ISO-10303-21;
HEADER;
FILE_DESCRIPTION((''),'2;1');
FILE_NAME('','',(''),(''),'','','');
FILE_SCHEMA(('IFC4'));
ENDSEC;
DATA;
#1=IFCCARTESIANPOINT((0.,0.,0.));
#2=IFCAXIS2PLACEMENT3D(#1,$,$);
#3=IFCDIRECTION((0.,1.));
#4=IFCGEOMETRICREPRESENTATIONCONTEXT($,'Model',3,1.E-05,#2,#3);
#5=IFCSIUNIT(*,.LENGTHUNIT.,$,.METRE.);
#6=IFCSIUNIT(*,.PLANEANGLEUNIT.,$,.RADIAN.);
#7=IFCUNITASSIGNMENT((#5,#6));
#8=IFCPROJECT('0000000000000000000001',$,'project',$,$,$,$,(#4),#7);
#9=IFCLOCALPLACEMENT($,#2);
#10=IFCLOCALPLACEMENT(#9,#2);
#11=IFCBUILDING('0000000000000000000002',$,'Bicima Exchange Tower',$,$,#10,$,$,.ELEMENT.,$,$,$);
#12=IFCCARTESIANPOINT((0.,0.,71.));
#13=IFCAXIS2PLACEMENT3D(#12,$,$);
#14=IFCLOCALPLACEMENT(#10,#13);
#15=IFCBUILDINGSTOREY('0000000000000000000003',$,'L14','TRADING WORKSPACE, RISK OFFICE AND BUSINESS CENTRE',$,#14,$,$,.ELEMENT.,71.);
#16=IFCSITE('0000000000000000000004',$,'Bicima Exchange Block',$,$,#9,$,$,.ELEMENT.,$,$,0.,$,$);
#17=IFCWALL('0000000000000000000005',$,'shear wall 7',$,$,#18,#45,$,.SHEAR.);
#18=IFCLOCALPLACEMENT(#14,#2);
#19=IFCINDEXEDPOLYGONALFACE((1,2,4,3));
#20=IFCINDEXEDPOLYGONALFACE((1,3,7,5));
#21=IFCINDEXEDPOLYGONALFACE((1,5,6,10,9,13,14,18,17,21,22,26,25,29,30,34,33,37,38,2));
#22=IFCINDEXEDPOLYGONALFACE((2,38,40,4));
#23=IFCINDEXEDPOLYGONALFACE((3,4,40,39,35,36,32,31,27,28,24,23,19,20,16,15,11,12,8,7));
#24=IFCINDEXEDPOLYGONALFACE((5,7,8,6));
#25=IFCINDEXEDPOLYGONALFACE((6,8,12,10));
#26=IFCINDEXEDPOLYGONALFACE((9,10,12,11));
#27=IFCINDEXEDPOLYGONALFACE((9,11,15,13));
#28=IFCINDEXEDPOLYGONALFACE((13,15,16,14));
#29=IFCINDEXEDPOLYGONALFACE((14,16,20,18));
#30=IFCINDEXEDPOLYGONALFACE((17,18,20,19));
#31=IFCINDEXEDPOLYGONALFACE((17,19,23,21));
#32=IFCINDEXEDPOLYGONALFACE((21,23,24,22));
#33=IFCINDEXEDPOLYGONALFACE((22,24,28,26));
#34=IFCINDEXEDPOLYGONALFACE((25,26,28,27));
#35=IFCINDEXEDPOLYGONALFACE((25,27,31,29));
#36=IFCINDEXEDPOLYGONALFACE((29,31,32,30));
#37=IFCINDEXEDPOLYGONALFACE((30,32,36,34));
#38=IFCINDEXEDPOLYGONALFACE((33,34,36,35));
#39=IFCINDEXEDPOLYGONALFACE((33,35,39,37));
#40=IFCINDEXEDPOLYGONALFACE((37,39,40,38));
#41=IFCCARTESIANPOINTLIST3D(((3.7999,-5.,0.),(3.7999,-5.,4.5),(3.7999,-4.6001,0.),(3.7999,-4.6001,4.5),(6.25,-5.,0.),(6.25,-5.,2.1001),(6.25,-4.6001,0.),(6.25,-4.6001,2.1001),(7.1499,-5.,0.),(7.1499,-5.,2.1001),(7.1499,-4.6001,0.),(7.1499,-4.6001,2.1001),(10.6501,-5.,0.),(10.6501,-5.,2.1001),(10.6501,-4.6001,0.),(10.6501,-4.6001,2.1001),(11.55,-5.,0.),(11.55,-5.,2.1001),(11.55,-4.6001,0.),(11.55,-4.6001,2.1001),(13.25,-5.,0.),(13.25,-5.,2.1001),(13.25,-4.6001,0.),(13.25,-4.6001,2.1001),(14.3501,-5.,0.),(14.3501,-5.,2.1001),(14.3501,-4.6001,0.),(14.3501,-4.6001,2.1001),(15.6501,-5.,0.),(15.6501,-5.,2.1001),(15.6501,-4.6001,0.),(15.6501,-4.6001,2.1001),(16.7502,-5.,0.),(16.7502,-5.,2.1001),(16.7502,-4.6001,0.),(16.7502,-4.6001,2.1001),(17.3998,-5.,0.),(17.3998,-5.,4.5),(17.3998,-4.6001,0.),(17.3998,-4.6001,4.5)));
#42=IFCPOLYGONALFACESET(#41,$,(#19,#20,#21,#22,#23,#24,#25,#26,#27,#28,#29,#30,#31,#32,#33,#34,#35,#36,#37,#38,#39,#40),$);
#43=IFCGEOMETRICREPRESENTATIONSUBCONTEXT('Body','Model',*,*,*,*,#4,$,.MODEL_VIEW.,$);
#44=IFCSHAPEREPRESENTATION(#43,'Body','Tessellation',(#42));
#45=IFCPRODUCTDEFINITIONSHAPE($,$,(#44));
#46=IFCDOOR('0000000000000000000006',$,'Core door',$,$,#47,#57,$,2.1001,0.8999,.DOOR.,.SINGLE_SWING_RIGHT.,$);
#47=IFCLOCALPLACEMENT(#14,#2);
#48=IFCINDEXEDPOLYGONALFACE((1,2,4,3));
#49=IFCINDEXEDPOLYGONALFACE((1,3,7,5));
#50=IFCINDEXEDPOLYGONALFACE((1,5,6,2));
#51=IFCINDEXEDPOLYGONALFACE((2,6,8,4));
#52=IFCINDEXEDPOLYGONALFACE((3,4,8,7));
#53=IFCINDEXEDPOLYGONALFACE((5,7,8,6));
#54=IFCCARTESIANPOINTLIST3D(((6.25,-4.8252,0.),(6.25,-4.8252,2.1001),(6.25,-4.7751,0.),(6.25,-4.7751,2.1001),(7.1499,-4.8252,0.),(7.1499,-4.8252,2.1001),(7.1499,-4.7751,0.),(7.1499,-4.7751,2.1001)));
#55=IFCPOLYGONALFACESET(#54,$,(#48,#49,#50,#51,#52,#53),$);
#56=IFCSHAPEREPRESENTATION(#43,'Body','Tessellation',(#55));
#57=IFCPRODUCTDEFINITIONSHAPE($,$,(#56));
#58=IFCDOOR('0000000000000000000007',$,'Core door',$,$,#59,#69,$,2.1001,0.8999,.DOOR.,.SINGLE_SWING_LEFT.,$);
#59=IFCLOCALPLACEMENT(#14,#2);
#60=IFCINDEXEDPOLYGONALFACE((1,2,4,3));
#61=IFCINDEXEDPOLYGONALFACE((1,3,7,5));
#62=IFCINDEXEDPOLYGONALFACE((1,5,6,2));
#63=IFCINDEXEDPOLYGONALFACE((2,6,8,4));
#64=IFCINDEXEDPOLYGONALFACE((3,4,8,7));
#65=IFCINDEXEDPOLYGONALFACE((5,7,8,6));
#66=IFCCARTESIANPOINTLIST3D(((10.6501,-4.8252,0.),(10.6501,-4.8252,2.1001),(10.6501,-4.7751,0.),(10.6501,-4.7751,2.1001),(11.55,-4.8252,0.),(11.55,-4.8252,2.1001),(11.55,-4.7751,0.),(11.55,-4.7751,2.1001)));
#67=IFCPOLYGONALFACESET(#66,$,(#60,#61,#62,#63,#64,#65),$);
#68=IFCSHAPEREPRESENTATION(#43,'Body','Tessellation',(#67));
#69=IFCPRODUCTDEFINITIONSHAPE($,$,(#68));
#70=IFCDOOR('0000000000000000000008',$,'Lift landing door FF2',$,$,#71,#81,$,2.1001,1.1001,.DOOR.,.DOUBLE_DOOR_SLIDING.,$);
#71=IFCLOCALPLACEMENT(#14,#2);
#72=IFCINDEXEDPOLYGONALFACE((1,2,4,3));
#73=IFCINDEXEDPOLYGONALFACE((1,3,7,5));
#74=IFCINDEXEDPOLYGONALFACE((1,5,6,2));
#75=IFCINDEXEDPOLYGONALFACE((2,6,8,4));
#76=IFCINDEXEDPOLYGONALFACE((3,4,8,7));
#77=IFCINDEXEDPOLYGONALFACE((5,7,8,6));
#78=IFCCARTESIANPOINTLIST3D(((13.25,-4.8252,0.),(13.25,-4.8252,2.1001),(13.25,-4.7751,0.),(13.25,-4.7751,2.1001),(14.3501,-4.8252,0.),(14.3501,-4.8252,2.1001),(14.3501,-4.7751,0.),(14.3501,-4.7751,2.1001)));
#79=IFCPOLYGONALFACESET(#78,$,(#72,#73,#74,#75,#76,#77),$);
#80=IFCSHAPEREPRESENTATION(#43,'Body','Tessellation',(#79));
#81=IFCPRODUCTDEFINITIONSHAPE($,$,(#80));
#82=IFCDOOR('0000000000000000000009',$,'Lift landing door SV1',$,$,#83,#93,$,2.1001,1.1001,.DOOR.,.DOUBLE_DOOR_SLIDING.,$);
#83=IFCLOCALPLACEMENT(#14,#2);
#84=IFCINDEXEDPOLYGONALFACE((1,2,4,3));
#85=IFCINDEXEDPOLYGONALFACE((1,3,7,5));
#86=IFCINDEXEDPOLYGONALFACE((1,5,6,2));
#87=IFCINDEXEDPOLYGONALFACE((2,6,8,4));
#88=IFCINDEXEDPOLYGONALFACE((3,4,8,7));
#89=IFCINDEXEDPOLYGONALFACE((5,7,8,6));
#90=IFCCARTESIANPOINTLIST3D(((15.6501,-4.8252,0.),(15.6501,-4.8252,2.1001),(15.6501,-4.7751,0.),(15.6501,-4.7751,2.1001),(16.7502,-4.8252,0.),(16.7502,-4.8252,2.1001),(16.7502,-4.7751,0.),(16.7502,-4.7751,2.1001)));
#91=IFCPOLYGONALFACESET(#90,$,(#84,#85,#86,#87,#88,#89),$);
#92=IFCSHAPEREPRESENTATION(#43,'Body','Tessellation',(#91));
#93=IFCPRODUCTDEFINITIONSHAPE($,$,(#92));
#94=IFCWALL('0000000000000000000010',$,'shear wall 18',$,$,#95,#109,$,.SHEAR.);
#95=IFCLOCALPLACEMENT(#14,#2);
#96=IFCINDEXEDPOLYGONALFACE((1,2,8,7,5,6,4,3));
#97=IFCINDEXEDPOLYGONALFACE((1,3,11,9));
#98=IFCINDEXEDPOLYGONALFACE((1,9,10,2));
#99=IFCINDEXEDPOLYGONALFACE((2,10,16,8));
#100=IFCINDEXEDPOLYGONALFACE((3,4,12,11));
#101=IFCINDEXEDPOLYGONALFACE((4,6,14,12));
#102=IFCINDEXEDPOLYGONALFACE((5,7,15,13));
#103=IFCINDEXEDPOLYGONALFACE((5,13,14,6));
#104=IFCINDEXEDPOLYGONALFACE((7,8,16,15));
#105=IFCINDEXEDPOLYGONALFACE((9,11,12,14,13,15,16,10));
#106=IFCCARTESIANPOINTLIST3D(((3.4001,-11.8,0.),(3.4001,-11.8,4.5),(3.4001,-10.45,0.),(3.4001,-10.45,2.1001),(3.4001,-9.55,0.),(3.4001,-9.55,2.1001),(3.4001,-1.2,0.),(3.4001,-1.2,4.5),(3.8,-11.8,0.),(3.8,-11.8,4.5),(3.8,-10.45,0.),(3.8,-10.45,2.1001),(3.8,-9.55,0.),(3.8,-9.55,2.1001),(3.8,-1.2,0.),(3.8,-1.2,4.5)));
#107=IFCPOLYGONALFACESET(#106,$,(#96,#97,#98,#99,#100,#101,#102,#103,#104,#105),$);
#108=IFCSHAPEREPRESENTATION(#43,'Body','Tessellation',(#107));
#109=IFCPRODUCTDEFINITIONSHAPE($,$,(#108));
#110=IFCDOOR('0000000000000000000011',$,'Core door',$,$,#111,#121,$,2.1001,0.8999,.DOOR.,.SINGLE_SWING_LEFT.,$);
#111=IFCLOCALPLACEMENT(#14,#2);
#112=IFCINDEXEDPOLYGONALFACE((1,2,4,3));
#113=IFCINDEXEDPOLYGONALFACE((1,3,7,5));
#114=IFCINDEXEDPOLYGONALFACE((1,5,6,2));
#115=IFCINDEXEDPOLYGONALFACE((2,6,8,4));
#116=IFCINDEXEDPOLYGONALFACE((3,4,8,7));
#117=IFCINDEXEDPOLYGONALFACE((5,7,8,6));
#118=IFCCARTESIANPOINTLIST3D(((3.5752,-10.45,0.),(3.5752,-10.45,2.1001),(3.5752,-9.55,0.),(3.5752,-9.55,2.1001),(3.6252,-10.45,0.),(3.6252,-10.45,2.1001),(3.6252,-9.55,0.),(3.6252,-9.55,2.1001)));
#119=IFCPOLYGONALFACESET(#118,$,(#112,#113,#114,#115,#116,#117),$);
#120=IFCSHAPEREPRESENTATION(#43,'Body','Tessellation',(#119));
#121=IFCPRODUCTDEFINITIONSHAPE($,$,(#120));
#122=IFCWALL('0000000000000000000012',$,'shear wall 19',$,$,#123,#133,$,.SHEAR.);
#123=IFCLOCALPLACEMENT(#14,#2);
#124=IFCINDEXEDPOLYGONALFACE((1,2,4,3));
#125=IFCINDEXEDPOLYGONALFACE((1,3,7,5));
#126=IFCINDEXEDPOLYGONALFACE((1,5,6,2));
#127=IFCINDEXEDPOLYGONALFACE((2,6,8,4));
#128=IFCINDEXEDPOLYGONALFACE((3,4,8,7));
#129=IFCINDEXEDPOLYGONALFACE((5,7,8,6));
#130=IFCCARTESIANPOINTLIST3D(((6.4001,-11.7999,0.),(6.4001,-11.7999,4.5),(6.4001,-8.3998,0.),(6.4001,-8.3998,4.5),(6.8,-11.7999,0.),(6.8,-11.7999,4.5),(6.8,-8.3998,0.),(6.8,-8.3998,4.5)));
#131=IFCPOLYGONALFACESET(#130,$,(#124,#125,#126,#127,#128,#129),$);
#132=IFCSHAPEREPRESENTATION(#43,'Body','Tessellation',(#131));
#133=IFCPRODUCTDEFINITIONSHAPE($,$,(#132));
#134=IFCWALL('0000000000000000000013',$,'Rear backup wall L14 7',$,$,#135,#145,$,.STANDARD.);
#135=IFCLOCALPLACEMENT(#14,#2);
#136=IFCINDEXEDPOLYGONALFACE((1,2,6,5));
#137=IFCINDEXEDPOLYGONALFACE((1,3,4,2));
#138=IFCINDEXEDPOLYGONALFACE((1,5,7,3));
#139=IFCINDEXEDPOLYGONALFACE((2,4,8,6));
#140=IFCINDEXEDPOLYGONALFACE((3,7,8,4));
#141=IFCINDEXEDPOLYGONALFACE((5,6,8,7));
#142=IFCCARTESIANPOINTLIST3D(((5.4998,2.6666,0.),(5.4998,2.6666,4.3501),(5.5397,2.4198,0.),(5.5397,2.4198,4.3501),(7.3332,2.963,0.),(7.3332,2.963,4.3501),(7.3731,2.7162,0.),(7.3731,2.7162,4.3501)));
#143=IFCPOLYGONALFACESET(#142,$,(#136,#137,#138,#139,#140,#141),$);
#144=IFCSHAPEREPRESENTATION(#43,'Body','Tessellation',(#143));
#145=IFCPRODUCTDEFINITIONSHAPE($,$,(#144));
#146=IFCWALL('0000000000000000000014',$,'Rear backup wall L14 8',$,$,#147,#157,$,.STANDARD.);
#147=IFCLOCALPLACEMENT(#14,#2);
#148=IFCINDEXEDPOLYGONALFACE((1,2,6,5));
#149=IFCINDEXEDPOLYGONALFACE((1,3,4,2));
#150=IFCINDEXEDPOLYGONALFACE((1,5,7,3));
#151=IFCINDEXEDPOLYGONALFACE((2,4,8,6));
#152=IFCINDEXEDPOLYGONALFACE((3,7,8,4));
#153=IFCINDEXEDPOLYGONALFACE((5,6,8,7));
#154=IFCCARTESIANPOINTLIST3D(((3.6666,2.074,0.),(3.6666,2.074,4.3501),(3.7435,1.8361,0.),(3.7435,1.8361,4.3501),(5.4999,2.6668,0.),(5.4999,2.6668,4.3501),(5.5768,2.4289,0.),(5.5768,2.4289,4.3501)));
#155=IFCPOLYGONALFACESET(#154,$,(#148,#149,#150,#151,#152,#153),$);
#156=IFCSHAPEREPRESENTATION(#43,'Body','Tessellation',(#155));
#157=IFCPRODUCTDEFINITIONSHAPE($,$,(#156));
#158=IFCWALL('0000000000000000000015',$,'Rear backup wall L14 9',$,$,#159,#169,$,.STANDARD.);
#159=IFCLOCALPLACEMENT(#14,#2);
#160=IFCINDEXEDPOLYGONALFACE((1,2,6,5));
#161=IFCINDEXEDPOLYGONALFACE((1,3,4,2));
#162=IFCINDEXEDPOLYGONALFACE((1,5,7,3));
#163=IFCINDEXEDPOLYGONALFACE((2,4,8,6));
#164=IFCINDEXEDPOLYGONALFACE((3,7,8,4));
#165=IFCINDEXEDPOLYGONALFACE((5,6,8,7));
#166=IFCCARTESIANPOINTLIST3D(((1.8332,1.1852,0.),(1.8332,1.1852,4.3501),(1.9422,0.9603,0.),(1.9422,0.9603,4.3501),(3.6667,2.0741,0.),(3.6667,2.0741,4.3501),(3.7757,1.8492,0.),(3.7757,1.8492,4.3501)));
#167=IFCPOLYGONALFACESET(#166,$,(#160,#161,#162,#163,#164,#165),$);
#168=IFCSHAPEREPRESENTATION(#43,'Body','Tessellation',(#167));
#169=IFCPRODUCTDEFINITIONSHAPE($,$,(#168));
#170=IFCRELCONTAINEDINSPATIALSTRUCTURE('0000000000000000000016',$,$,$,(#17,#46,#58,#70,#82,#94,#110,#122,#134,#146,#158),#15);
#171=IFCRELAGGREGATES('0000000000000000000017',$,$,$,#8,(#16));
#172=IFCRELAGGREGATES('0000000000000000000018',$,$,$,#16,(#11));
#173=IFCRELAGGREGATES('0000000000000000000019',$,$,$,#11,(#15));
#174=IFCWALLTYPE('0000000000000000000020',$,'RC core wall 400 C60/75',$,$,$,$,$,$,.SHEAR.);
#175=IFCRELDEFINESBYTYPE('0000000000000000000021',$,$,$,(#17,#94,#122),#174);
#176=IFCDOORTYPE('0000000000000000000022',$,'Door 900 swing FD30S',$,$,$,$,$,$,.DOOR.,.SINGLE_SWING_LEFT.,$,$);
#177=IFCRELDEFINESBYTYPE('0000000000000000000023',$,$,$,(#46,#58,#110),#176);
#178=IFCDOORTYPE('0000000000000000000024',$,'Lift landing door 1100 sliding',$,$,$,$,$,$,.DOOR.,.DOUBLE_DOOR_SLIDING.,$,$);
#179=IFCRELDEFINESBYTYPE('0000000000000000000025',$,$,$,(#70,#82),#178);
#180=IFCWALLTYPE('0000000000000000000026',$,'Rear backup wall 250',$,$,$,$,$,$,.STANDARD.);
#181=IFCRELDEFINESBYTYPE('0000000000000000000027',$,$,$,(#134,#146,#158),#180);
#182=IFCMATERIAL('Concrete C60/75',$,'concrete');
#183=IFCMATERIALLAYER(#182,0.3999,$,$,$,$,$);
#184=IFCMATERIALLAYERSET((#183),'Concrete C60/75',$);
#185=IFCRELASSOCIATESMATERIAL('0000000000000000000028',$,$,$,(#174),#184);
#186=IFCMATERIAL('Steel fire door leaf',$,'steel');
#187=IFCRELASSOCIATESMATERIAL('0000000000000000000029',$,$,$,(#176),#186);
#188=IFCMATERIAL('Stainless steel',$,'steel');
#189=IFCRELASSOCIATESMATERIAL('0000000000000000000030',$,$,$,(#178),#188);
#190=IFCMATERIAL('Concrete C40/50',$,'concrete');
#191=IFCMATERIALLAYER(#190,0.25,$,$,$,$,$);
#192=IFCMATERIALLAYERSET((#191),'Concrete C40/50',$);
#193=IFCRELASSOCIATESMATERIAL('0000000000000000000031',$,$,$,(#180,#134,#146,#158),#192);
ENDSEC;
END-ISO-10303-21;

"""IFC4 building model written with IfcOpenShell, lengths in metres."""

from ifc_helpers import new_model, si_unit, direction, frame, frame_2d, origin, place, context, subcontext, project, spatial, rectangle, extrude, material, layer, layer_set, layer_usage, type_object, element, fill, save


model = new_model("IFC4")

# Units and contexts
model_context = context("Model", 3, precision=1e-05, world=origin(), true_north=direction((0.0, 1.0)))
body_context = subcontext(model_context, "Body", "Model", "MODEL_VIEW")
ifc_project = project(units=[si_unit("LENGTHUNIT", "METRE"), si_unit("PLANEANGLEUNIT", "RADIAN")], contexts=[model_context])

# Site, building, storey
site_placement = place(None, origin())
site = spatial("IfcSite", under=ifc_project, at=site_placement, Name="Bicima Exchange Block", CompositionType="ELEMENT", RefElevation=0.0)
building_placement = place(site_placement, origin())
building = spatial("IfcBuilding", under=site, at=building_placement, Name="Bicima Exchange Tower", CompositionType="ELEMENT")
storey_placement = place(building_placement, frame((0.0, 0.0, 71.0)))
storey = spatial("IfcBuildingStorey", under=building, at=storey_placement, Name="L14", Description="TRADING WORKSPACE, RISK OFFICE AND BUSINESS CENTRE", CompositionType="ELEMENT", Elevation=71.0)

# Shared definitions
ifc_material_1 = material(Name="Concrete C60/75", Category="concrete")
ifc_layer_1 = layer(ifc_material_1, 0.3999)
ifc_layer_set_1 = layer_set([ifc_layer_1], Name="Concrete C60/75")
wall_type_1 = type_object("IfcWallType", Name="RC core wall 400 C60/75", PredefinedType="SHEAR", material=ifc_layer_set_1)
ifc_material_2 = material(Name="Steel fire door leaf", Category="steel")
door_type_1 = type_object("IfcDoorType", Name="Door 900 swing FD30S", OperationType="SINGLE_SWING_LEFT", PredefinedType="DOOR", material=ifc_material_2)

# Wall, openings, doors
wall_1_placement = place(storey_placement, frame((3.8, -4.8, 0.0), z_axis=(0.0, 0.0, 1.0), x_axis=(1.0, 0.0, 0.0)))
wall_1 = element("IfcWall", 1, at=wall_1_placement, inside=storey, type_object=wall_type_1, Name="shear wall 7", PredefinedType="SHEAR", context=body_context, shape_type="SweptSolid", body=[
    extrude(rectangle(XDim=13.5999, YDim=0.3999, at=frame_2d((6.7998, 0.0))), origin(), (0.0, 0.0, 1.0), 4.5),
])
opening_1_placement = place(wall_1_placement, frame((9.45, 0.0, 0.0)))
opening_1 = element("IfcOpeningElement", 2, at=opening_1_placement, cuts=wall_1, PredefinedType="OPENING", context=body_context, shape_type="SweptSolid", body=[
    extrude(rectangle(XDim=1.1001, YDim=2.1001, at=frame_2d((0.55, 1.05))), frame((0.0, 0.2119, 0.0), z_axis=(0.0, -1.0, 0.0), x_axis=(1.0, 0.0, 0.0)), (0.0, 0.0, 1.0), 0.4238),
])
opening_2_placement = place(wall_1_placement, frame((11.8501, 0.0, 0.0)))
opening_2 = element("IfcOpeningElement", 3, at=opening_2_placement, cuts=wall_1, PredefinedType="OPENING", context=body_context, shape_type="SweptSolid", body=[
    extrude(rectangle(XDim=1.1001, YDim=2.1001, at=frame_2d((0.55, 1.05))), frame((0.0, 0.2119, 0.0), z_axis=(0.0, -1.0, 0.0), x_axis=(1.0, 0.0, 0.0)), (0.0, 0.0, 1.0), 0.4238),
])
opening_3_placement = place(wall_1_placement, frame((2.45, 0.0, 0.0)))
opening_3 = element("IfcOpeningElement", 4, at=opening_3_placement, cuts=wall_1, PredefinedType="OPENING", context=body_context, shape_type="SweptSolid", body=[
    extrude(rectangle(XDim=0.8999, YDim=2.1001, at=frame_2d((0.45, 1.05))), frame((0.0, 0.2119, 0.0), z_axis=(0.0, -1.0, 0.0), x_axis=(1.0, 0.0, 0.0)), (0.0, 0.0, 1.0), 0.4238),
])
opening_4_placement = place(wall_1_placement, frame((6.8501, 0.0, 0.0)))
opening_4 = element("IfcOpeningElement", 5, at=opening_4_placement, cuts=wall_1, PredefinedType="OPENING", context=body_context, shape_type="SweptSolid", body=[
    extrude(rectangle(XDim=0.8999, YDim=2.1001, at=frame_2d((0.45, 1.05))), frame((0.0, 0.2119, 0.0), z_axis=(0.0, -1.0, 0.0), x_axis=(1.0, 0.0, 0.0)), (0.0, 0.0, 1.0), 0.4238),
])
door_1_placement = place(opening_3_placement, origin())
door_1 = element("IfcDoor", 6, at=door_1_placement, inside=storey, type_object=door_type_1, Name="Core door", OperationType="SINGLE_SWING_RIGHT", OverallHeight=2.1001, OverallWidth=0.8999, PredefinedType="DOOR", context=body_context, shape_type="SweptSolid", body=[
    extrude(rectangle(XDim=0.8999, YDim=2.1001, at=frame_2d((0.45, 1.05))), frame((0.0, 0.0249, 0.0), z_axis=(0.0, -1.0, 0.0), x_axis=(1.0, 0.0, 0.0)), (0.0, 0.0, 1.0), 0.05),
])
fill(opening_3, door_1)
door_2_placement = place(opening_4_placement, origin())
door_2 = element("IfcDoor", 7, at=door_2_placement, inside=storey, type_object=door_type_1, Name="Core door", OperationType="SINGLE_SWING_LEFT", OverallHeight=2.1001, OverallWidth=0.8999, PredefinedType="DOOR", context=body_context, shape_type="SweptSolid", body=[
    extrude(rectangle(XDim=0.8999, YDim=2.1001, at=frame_2d((0.45, 1.05))), frame((0.0, 0.0249, 0.0), z_axis=(0.0, -1.0, 0.0), x_axis=(1.0, 0.0, 0.0)), (0.0, 0.0, 1.0), 0.05),
])
fill(opening_4, door_2)
ifc_material_3 = material(Name="Stainless steel", Category="steel")
door_type_2 = type_object("IfcDoorType", Name="Lift landing door 1100 sliding", OperationType="DOUBLE_DOOR_SLIDING", PredefinedType="DOOR", material=ifc_material_3)
door_3_placement = place(opening_1_placement, origin())
door_3 = element("IfcDoor", 8, at=door_3_placement, inside=storey, type_object=door_type_2, Name="Lift landing door FF2", OperationType="DOUBLE_DOOR_SLIDING", OverallHeight=2.1001, OverallWidth=1.1001, PredefinedType="DOOR", context=body_context, shape_type="SweptSolid", body=[
    extrude(rectangle(XDim=1.1001, YDim=2.1001, at=frame_2d((0.55, 1.05))), frame((0.0, 0.0249, 0.0), z_axis=(0.0, -1.0, 0.0), x_axis=(1.0, 0.0, 0.0)), (0.0, 0.0, 1.0), 0.05),
])
fill(opening_1, door_3)
door_4_placement = place(opening_2_placement, origin())
door_4 = element("IfcDoor", 9, at=door_4_placement, inside=storey, type_object=door_type_2, Name="Lift landing door SV1", OperationType="DOUBLE_DOOR_SLIDING", OverallHeight=2.1001, OverallWidth=1.1001, PredefinedType="DOOR", context=body_context, shape_type="SweptSolid", body=[
    extrude(rectangle(XDim=1.1001, YDim=2.1001, at=frame_2d((0.55, 1.05))), frame((0.0, 0.0249, 0.0), z_axis=(0.0, -1.0, 0.0), x_axis=(1.0, 0.0, 0.0)), (0.0, 0.0, 1.0), 0.05),
])
fill(opening_2, door_4)

# Wall, opening, door
wall_2_placement = place(storey_placement, frame((3.6001, -11.8, 0.0), z_axis=(0.0, 0.0, 1.0), x_axis=(0.0, 1.0, 0.0)))
wall_2 = element("IfcWall", 10, at=wall_2_placement, inside=storey, type_object=wall_type_1, Name="shear wall 18", PredefinedType="SHEAR", context=body_context, shape_type="SweptSolid", body=[
    extrude(rectangle(XDim=10.6001, YDim=0.3999, at=frame_2d((5.3, 0.0))), origin(), (0.0, 0.0, 1.0), 4.5),
])
opening_5_placement = place(wall_2_placement, frame((1.3501, 0.0, 0.0)))
opening_5 = element("IfcOpeningElement", 11, at=opening_5_placement, cuts=wall_2, PredefinedType="OPENING", context=body_context, shape_type="SweptSolid", body=[
    extrude(rectangle(XDim=0.8999, YDim=2.1001, at=frame_2d((0.45, 1.05))), frame((0.0, 0.2119, 0.0), z_axis=(0.0, -1.0, 0.0), x_axis=(1.0, 0.0, 0.0)), (0.0, 0.0, 1.0), 0.4238),
])
door_5_placement = place(opening_5_placement, origin())
door_5 = element("IfcDoor", 12, at=door_5_placement, inside=storey, type_object=door_type_1, Name="Core door", OperationType="SINGLE_SWING_LEFT", OverallHeight=2.1001, OverallWidth=0.8999, PredefinedType="DOOR", context=body_context, shape_type="SweptSolid", body=[
    extrude(rectangle(XDim=0.8999, YDim=2.1001, at=frame_2d((0.45, 1.05))), frame((0.0, 0.0249, 0.0), z_axis=(0.0, -1.0, 0.0), x_axis=(1.0, 0.0, 0.0)), (0.0, 0.0, 1.0), 0.05),
])
fill(opening_5, door_5)

# Walls
wall_3_placement = place(storey_placement, frame((6.6001, -11.8, 0.0), z_axis=(0.0, 0.0, 1.0), x_axis=(0.0, 1.0, 0.0)))
element("IfcWall", 13, at=wall_3_placement, inside=storey, type_object=wall_type_1, Name="shear wall 19", PredefinedType="SHEAR", context=body_context, shape_type="SweptSolid", body=[
    extrude(rectangle(XDim=3.4001, YDim=0.3999, at=frame_2d((1.7002, 0.0))), origin(), (0.0, 0.0, 1.0), 4.5),
])
ifc_material_4 = material(Name="Concrete C40/50", Category="concrete")
ifc_layer_2 = layer(ifc_material_4, 0.25)
ifc_layer_set_2 = layer_set([ifc_layer_2], Name="Concrete C40/50")
ifc_layer_usage = layer_usage(ifc_layer_set_2, "AXIS2", "POSITIVE", -0.125)
wall_type_2 = type_object("IfcWallType", Name="Rear backup wall 250", PredefinedType="STANDARD", material=ifc_layer_set_2)
wall_4_placement = place(storey_placement, frame((7.3533, 2.8396, 0.0), z_axis=(0.0, 0.0, 1.0), x_axis=(-0.987182, -0.1596, 0.0)))
element("IfcWall", 14, at=wall_4_placement, inside=storey, type_object=wall_type_2, material=ifc_layer_usage, Name="Rear backup wall L14 7", PredefinedType="STANDARD", context=body_context, shape_type="SweptSolid", body=[
    extrude(rectangle(XDim=1.8572, YDim=0.25, at=frame_2d((0.9287, 0.0))), origin(), (0.0, 0.0, 1.0), 4.3501),
])
wall_5_placement = place(storey_placement, frame((5.5383, 2.5479, 0.0), z_axis=(0.0, 0.0, 1.0), x_axis=(-0.951496, -0.307662, 0.0)))
element("IfcWall", 15, at=wall_5_placement, inside=storey, type_object=wall_type_2, material=ifc_layer_usage, Name="Rear backup wall L14 8", PredefinedType="STANDARD", context=body_context, shape_type="SweptSolid", body=[
    extrude(rectangle(XDim=1.9268, YDim=0.25, at=frame_2d((0.9634, 0.0))), origin(), (0.0, 0.0, 1.0), 4.3501),
])
wall_6_placement = place(storey_placement, frame((3.7212, 1.9617, 0.0), z_axis=(0.0, 0.0, 1.0), x_axis=(-0.899824, -0.436253, 0.0)))
element("IfcWall", 16, at=wall_6_placement, inside=storey, type_object=wall_type_2, material=ifc_layer_usage, Name="Rear backup wall L14 9", PredefinedType="STANDARD", context=body_context, shape_type="SweptSolid", body=[
    extrude(rectangle(XDim=2.0376, YDim=0.25, at=frame_2d((1.0188, 0.0))), origin(), (0.0, 0.0, 1.0), 4.3501),
])

save(model, "model.ifc")
